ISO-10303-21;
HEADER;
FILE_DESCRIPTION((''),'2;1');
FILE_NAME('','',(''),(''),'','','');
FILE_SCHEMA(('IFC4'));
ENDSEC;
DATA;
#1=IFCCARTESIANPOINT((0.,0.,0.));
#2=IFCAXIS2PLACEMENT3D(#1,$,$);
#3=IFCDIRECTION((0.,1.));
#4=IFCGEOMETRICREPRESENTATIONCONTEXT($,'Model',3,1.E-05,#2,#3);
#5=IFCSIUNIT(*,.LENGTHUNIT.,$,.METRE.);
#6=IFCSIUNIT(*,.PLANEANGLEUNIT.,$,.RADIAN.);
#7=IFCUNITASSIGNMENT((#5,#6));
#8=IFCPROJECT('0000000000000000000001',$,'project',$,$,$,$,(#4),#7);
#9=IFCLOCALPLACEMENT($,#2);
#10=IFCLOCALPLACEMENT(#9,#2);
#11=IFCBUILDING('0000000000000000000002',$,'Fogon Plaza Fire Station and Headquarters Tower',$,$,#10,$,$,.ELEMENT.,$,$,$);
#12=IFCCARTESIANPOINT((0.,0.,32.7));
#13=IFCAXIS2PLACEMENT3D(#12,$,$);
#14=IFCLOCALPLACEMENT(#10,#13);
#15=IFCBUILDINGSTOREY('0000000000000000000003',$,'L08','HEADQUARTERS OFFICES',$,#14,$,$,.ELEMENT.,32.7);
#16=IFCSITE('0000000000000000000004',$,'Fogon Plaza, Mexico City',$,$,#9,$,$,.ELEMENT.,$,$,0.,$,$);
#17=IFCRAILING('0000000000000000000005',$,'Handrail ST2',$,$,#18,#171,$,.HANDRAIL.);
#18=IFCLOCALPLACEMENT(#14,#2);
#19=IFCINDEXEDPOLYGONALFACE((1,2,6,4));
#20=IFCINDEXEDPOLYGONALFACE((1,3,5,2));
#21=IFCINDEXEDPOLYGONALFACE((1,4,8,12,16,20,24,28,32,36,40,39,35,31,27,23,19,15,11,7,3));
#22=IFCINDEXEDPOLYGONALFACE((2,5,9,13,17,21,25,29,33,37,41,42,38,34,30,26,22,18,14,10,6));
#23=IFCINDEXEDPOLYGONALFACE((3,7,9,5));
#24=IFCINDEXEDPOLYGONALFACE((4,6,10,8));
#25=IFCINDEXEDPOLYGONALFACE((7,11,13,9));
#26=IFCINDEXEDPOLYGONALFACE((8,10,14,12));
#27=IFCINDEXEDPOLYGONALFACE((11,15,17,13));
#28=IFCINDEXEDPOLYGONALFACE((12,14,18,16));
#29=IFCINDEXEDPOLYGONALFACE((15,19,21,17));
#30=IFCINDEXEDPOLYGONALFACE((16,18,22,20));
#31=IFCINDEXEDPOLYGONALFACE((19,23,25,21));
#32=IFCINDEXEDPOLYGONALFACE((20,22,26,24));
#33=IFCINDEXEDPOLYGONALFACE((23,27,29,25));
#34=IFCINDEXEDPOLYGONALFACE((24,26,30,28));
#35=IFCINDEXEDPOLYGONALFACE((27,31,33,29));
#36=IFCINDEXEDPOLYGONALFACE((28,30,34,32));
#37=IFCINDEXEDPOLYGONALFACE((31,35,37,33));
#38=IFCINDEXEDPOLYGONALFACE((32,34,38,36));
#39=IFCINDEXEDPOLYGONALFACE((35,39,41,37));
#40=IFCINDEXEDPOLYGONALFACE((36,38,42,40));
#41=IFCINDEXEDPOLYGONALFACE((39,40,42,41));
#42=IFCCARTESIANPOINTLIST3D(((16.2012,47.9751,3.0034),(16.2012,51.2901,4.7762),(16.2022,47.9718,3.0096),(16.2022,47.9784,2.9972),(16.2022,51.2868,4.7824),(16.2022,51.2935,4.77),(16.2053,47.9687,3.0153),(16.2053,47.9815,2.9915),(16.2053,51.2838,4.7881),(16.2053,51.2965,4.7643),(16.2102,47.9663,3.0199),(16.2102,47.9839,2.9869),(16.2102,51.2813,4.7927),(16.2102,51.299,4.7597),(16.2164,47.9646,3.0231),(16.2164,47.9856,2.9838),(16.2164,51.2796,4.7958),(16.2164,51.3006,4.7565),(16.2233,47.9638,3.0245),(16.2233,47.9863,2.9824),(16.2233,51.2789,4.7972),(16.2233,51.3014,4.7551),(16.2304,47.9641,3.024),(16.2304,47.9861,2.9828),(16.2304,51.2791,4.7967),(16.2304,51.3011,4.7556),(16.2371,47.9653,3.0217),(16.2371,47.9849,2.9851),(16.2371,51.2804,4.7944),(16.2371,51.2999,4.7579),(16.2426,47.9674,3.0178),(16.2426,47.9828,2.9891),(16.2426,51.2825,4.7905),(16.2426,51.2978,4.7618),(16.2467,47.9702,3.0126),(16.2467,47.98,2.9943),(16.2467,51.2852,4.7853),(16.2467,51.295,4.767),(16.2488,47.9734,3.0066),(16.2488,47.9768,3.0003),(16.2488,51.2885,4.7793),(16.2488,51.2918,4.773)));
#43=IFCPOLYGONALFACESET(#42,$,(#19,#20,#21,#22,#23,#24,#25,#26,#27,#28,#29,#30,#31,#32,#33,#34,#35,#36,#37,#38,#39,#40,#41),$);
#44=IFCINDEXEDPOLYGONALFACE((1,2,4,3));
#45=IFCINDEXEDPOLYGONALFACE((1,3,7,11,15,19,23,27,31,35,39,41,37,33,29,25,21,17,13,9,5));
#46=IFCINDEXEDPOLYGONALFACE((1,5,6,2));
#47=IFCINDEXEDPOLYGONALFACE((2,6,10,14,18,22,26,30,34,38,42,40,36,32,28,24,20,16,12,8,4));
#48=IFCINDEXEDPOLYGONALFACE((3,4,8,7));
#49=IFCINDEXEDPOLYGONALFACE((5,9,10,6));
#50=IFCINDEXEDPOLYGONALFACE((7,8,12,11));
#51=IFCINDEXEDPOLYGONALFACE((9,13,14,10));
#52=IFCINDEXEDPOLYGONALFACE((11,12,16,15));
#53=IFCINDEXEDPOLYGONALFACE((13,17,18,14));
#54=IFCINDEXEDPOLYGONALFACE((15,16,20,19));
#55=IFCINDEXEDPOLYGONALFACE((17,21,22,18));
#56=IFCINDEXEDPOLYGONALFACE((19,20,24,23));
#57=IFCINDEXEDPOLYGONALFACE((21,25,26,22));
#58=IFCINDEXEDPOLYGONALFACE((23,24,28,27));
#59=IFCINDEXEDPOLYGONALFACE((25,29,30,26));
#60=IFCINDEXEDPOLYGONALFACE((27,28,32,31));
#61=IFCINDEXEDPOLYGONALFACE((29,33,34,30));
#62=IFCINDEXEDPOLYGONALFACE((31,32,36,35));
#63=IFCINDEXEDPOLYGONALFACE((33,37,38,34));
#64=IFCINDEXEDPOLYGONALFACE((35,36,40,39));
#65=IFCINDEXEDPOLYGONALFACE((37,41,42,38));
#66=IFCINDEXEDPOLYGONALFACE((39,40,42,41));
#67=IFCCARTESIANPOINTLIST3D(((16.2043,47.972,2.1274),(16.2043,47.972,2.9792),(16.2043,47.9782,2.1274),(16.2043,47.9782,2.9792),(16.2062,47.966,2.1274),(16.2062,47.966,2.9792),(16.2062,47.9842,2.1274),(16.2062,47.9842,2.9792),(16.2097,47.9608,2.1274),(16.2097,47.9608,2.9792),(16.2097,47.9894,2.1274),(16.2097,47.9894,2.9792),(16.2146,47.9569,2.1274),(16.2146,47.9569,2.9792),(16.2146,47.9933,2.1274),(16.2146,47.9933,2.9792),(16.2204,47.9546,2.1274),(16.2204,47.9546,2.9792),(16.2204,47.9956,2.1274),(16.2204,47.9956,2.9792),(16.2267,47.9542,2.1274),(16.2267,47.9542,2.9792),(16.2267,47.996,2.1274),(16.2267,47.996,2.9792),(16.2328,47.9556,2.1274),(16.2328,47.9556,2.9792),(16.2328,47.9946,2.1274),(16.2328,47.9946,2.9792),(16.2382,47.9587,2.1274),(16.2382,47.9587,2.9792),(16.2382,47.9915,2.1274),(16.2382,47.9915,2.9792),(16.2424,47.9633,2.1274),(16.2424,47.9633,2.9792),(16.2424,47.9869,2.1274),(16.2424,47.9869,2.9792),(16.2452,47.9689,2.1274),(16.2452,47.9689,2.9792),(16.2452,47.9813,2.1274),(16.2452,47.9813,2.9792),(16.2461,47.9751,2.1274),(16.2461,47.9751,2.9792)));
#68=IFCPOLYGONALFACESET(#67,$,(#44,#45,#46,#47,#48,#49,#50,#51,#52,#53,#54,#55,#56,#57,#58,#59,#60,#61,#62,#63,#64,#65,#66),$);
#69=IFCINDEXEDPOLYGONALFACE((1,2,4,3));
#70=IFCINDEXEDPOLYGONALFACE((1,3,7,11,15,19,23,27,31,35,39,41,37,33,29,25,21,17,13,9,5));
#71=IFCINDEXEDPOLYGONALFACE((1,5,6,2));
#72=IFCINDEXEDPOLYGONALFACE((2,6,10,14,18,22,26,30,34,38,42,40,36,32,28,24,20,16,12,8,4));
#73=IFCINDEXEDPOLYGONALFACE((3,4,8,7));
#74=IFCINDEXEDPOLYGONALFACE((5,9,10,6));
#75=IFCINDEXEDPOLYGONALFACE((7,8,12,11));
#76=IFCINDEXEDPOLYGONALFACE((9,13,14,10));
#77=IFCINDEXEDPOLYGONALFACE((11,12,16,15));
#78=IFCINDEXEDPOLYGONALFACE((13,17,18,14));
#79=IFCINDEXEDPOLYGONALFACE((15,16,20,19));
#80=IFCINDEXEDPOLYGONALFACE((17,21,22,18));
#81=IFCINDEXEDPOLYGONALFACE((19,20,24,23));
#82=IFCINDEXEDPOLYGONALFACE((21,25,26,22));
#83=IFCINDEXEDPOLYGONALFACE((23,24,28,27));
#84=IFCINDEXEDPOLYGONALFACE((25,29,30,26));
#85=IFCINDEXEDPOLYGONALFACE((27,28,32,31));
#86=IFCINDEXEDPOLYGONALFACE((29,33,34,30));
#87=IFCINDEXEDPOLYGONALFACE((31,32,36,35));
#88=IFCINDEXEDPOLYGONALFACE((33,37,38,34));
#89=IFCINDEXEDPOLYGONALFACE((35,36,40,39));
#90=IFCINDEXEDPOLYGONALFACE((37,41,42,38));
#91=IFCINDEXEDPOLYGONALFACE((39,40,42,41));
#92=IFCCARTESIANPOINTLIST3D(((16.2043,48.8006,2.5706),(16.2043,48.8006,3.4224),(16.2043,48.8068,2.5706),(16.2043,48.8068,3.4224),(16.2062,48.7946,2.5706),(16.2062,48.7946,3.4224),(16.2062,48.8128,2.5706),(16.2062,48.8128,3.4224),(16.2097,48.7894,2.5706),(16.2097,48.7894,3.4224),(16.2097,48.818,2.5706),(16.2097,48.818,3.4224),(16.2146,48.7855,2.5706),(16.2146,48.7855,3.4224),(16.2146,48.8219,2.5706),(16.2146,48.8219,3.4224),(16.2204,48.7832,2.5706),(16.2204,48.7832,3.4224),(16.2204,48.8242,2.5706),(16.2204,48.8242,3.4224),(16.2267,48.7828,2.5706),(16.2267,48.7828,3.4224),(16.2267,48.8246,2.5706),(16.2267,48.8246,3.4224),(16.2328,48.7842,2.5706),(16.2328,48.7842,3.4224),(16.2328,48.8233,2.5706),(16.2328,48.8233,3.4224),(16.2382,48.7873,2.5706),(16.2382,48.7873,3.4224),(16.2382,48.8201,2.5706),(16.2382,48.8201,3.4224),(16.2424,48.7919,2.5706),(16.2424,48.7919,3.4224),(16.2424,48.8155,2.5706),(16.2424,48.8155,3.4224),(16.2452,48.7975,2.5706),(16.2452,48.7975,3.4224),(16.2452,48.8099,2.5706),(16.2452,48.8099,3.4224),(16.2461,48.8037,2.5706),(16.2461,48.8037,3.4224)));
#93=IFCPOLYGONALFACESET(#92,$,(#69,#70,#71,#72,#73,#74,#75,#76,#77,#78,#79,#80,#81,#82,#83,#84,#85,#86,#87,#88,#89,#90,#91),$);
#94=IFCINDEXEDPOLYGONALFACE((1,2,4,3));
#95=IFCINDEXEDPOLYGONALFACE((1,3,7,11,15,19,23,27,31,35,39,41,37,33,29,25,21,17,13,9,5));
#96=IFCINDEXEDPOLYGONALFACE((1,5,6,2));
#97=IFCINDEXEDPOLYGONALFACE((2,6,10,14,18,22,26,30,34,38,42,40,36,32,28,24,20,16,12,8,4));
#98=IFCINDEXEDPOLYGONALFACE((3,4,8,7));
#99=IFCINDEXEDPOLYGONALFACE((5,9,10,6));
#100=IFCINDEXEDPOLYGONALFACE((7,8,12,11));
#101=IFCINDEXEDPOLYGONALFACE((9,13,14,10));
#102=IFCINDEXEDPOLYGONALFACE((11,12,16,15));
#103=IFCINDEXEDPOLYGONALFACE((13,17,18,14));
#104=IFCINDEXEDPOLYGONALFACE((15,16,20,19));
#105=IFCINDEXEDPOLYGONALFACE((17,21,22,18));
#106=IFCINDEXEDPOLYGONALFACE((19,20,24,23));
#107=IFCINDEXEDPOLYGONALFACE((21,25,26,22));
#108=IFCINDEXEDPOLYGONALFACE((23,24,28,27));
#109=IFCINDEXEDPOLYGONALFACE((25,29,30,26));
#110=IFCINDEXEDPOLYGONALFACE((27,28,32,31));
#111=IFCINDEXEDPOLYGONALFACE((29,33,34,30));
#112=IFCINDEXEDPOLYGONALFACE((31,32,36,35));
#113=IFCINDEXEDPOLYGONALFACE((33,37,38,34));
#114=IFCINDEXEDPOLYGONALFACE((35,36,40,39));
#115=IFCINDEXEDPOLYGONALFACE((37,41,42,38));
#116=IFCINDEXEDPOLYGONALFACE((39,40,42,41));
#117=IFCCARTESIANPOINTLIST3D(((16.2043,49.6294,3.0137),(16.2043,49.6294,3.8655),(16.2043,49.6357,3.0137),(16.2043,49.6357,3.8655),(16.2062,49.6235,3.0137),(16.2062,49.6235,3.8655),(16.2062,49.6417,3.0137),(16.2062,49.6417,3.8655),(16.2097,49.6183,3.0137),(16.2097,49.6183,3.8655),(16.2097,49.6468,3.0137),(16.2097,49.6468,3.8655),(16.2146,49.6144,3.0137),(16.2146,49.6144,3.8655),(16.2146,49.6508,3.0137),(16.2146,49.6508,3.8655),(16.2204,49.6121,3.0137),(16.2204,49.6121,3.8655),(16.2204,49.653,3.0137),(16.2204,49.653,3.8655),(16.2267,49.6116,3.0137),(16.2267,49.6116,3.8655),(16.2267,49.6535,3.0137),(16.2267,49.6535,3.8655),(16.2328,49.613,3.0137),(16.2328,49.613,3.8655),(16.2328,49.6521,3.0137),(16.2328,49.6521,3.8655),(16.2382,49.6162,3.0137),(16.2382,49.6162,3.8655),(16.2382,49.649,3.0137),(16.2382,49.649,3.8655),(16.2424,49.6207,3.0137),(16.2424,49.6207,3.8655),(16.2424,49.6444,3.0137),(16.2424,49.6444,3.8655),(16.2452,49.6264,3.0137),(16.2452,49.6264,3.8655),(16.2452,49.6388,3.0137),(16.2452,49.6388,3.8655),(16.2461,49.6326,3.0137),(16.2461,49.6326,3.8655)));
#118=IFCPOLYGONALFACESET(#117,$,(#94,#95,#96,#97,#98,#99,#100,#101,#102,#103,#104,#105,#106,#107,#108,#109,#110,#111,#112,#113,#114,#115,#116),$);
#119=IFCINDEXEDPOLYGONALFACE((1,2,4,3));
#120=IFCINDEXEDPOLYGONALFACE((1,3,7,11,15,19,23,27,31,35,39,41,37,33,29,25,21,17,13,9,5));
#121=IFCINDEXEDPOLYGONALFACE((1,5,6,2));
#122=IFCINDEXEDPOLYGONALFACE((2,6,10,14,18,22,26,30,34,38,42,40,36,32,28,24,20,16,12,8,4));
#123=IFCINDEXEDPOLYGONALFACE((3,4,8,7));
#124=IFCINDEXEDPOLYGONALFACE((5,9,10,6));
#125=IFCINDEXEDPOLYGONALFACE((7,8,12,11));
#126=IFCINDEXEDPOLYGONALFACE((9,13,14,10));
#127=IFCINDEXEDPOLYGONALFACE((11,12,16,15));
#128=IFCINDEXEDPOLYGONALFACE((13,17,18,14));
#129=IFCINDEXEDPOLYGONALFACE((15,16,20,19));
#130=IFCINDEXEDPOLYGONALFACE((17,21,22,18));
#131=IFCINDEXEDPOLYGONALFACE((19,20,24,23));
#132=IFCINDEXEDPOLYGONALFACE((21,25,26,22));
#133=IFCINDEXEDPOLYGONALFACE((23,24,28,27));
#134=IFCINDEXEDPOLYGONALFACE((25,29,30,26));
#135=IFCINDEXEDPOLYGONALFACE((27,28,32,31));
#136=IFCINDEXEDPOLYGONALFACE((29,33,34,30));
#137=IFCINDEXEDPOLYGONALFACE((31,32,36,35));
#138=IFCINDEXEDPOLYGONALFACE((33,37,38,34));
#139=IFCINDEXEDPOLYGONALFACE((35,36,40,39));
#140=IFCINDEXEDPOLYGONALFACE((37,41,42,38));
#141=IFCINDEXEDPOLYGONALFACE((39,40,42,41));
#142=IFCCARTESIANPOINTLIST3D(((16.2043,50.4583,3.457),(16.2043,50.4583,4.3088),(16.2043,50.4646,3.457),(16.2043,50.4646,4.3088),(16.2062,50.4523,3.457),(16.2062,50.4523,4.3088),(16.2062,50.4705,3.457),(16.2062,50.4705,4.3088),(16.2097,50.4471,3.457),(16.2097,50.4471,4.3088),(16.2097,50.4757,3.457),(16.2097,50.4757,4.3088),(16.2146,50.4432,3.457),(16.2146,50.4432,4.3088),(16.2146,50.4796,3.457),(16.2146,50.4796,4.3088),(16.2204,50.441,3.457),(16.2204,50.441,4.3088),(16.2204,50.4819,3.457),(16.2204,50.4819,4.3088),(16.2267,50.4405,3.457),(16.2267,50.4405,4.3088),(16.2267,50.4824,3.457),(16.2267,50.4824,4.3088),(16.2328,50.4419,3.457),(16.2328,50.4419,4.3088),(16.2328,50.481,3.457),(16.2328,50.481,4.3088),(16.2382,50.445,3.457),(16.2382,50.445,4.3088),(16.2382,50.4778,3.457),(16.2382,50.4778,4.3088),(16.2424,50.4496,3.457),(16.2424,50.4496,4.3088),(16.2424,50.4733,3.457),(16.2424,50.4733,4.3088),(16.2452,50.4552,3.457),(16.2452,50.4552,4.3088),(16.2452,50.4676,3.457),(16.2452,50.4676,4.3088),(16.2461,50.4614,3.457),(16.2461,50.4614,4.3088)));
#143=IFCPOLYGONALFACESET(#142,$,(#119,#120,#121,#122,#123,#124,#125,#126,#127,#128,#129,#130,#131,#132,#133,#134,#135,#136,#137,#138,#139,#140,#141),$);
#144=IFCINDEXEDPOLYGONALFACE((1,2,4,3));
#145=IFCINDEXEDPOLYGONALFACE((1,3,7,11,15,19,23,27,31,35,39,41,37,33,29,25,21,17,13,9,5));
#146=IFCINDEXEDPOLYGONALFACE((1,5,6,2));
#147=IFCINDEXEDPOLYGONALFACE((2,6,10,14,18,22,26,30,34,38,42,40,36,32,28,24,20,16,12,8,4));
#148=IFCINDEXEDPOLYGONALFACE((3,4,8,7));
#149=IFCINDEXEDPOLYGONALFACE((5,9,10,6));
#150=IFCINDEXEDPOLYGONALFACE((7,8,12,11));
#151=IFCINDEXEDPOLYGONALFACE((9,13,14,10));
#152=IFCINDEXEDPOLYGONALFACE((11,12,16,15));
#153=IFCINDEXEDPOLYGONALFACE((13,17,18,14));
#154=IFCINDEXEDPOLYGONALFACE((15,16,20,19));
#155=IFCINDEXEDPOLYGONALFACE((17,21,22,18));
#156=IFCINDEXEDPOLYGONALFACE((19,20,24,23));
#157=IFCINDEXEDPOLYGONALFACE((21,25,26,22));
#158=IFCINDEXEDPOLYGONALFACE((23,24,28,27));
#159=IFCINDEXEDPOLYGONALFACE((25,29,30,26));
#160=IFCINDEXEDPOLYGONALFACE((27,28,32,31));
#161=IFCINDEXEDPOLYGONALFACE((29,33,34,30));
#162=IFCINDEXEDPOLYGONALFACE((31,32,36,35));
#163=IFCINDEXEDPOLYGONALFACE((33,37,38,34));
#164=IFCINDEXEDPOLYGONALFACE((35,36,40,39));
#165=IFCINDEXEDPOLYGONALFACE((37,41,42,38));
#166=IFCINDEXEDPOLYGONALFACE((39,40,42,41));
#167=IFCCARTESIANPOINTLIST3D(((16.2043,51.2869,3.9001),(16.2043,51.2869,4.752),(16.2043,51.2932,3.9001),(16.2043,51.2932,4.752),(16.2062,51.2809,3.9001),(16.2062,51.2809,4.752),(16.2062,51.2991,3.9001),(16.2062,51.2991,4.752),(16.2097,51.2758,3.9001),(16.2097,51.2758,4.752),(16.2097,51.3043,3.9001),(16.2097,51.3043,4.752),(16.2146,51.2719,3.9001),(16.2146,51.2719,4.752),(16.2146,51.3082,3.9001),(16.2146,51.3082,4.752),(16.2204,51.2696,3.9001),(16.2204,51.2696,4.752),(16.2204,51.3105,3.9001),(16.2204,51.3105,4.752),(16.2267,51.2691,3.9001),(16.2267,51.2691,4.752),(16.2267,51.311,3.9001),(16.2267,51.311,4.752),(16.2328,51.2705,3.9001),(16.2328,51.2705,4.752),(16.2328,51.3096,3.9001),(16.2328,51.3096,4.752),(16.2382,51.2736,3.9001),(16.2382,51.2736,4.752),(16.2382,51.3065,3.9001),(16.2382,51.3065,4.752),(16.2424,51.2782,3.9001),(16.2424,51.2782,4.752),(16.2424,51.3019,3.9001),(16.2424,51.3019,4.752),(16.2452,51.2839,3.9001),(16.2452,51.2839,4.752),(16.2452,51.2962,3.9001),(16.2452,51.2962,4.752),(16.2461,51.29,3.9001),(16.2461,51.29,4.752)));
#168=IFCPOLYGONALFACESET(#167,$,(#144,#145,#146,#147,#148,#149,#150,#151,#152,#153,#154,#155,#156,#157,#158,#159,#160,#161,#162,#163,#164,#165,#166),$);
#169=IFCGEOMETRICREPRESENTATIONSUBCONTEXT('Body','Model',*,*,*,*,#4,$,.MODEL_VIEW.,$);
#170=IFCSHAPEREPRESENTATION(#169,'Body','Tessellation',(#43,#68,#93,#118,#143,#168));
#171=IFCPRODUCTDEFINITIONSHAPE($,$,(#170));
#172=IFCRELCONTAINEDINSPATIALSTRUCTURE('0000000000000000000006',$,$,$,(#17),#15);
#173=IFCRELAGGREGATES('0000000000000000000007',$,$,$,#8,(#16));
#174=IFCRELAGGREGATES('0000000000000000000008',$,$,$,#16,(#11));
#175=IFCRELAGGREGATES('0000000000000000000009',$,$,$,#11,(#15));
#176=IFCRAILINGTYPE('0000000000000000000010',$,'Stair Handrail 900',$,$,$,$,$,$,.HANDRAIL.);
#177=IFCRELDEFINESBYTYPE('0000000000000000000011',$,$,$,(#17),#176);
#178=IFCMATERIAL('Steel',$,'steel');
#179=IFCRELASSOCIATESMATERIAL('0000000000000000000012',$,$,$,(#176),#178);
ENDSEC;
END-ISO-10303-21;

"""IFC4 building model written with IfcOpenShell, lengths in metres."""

from ifc_helpers import new_model, si_unit, direction, frame, origin, origin_2d, place, context, subcontext, project, spatial, circle, extrude, material, type_object, element, save


model = new_model("IFC4")

# Units and contexts
model_context = context("Model", 3, precision=1e-05, world=origin(), true_north=direction((0.0, 1.0)))
body_context = subcontext(model_context, "Body", "Model", "MODEL_VIEW")
ifc_project = project(units=[si_unit("LENGTHUNIT", "METRE"), si_unit("PLANEANGLEUNIT", "RADIAN")], contexts=[model_context])

# Site, building, storey
site_placement = place(None, origin())
site = spatial("IfcSite", under=ifc_project, at=site_placement, Name="Fogon Plaza, Mexico City", CompositionType="ELEMENT", RefElevation=0.0)
building_placement = place(site_placement, origin())
building = spatial("IfcBuilding", under=site, at=building_placement, Name="Fogon Plaza Fire Station and Headquarters Tower", CompositionType="ELEMENT")
storey_placement = place(building_placement, frame((0.0, 0.0, 32.7)))
storey = spatial("IfcBuildingStorey", under=building, at=storey_placement, Name="L08", Description="HEADQUARTERS OFFICES", CompositionType="ELEMENT", Elevation=32.7)

# Railing
ifc_material_1 = material(Name="Steel", Category="steel")
railing_type = type_object("IfcRailingType", Name="Stair Handrail 900", PredefinedType="HANDRAIL", material=ifc_material_1)
for number, where, name in (
    (1, (16.2251, 47.9751, 2.1274), "Handrail ST2"),
):
    element("IfcRailing", number, at=place(storey_placement, frame(where)), inside=storey, type_object=railing_type, Name=name, PredefinedType="HANDRAIL", context=body_context, shape_type="SweptSolid", body=[
        extrude(circle(Radius=0.0239, at=origin_2d()), frame((0.0, 0.0, 0.876), z_axis=(0.0, 0.881829, 0.471569), x_axis=(-1.0, 0.0, 0.0)), (0.0, 0.0, 1.0), 3.7593),
        extrude(circle(Radius=0.021, at=origin_2d()), origin(), (0.0, 0.0, 1.0), 0.8518),
        extrude(circle(Radius=0.021, at=origin_2d()), frame((0.0, 0.8286, 0.4431)), (0.0, 0.0, 1.0), 0.8518),
        extrude(circle(Radius=0.021, at=origin_2d()), frame((0.0, 1.6575, 0.8862)), (0.0, 0.0, 1.0), 0.8518),
        extrude(circle(Radius=0.021, at=origin_2d()), frame((0.0, 2.4863, 1.3296)), (0.0, 0.0, 1.0), 0.8518),
        extrude(circle(Radius=0.021, at=origin_2d()), frame((0.0, 3.3149, 1.7727)), (0.0, 0.0, 1.0), 0.8518),
    ])

save(model, "model.ifc")
